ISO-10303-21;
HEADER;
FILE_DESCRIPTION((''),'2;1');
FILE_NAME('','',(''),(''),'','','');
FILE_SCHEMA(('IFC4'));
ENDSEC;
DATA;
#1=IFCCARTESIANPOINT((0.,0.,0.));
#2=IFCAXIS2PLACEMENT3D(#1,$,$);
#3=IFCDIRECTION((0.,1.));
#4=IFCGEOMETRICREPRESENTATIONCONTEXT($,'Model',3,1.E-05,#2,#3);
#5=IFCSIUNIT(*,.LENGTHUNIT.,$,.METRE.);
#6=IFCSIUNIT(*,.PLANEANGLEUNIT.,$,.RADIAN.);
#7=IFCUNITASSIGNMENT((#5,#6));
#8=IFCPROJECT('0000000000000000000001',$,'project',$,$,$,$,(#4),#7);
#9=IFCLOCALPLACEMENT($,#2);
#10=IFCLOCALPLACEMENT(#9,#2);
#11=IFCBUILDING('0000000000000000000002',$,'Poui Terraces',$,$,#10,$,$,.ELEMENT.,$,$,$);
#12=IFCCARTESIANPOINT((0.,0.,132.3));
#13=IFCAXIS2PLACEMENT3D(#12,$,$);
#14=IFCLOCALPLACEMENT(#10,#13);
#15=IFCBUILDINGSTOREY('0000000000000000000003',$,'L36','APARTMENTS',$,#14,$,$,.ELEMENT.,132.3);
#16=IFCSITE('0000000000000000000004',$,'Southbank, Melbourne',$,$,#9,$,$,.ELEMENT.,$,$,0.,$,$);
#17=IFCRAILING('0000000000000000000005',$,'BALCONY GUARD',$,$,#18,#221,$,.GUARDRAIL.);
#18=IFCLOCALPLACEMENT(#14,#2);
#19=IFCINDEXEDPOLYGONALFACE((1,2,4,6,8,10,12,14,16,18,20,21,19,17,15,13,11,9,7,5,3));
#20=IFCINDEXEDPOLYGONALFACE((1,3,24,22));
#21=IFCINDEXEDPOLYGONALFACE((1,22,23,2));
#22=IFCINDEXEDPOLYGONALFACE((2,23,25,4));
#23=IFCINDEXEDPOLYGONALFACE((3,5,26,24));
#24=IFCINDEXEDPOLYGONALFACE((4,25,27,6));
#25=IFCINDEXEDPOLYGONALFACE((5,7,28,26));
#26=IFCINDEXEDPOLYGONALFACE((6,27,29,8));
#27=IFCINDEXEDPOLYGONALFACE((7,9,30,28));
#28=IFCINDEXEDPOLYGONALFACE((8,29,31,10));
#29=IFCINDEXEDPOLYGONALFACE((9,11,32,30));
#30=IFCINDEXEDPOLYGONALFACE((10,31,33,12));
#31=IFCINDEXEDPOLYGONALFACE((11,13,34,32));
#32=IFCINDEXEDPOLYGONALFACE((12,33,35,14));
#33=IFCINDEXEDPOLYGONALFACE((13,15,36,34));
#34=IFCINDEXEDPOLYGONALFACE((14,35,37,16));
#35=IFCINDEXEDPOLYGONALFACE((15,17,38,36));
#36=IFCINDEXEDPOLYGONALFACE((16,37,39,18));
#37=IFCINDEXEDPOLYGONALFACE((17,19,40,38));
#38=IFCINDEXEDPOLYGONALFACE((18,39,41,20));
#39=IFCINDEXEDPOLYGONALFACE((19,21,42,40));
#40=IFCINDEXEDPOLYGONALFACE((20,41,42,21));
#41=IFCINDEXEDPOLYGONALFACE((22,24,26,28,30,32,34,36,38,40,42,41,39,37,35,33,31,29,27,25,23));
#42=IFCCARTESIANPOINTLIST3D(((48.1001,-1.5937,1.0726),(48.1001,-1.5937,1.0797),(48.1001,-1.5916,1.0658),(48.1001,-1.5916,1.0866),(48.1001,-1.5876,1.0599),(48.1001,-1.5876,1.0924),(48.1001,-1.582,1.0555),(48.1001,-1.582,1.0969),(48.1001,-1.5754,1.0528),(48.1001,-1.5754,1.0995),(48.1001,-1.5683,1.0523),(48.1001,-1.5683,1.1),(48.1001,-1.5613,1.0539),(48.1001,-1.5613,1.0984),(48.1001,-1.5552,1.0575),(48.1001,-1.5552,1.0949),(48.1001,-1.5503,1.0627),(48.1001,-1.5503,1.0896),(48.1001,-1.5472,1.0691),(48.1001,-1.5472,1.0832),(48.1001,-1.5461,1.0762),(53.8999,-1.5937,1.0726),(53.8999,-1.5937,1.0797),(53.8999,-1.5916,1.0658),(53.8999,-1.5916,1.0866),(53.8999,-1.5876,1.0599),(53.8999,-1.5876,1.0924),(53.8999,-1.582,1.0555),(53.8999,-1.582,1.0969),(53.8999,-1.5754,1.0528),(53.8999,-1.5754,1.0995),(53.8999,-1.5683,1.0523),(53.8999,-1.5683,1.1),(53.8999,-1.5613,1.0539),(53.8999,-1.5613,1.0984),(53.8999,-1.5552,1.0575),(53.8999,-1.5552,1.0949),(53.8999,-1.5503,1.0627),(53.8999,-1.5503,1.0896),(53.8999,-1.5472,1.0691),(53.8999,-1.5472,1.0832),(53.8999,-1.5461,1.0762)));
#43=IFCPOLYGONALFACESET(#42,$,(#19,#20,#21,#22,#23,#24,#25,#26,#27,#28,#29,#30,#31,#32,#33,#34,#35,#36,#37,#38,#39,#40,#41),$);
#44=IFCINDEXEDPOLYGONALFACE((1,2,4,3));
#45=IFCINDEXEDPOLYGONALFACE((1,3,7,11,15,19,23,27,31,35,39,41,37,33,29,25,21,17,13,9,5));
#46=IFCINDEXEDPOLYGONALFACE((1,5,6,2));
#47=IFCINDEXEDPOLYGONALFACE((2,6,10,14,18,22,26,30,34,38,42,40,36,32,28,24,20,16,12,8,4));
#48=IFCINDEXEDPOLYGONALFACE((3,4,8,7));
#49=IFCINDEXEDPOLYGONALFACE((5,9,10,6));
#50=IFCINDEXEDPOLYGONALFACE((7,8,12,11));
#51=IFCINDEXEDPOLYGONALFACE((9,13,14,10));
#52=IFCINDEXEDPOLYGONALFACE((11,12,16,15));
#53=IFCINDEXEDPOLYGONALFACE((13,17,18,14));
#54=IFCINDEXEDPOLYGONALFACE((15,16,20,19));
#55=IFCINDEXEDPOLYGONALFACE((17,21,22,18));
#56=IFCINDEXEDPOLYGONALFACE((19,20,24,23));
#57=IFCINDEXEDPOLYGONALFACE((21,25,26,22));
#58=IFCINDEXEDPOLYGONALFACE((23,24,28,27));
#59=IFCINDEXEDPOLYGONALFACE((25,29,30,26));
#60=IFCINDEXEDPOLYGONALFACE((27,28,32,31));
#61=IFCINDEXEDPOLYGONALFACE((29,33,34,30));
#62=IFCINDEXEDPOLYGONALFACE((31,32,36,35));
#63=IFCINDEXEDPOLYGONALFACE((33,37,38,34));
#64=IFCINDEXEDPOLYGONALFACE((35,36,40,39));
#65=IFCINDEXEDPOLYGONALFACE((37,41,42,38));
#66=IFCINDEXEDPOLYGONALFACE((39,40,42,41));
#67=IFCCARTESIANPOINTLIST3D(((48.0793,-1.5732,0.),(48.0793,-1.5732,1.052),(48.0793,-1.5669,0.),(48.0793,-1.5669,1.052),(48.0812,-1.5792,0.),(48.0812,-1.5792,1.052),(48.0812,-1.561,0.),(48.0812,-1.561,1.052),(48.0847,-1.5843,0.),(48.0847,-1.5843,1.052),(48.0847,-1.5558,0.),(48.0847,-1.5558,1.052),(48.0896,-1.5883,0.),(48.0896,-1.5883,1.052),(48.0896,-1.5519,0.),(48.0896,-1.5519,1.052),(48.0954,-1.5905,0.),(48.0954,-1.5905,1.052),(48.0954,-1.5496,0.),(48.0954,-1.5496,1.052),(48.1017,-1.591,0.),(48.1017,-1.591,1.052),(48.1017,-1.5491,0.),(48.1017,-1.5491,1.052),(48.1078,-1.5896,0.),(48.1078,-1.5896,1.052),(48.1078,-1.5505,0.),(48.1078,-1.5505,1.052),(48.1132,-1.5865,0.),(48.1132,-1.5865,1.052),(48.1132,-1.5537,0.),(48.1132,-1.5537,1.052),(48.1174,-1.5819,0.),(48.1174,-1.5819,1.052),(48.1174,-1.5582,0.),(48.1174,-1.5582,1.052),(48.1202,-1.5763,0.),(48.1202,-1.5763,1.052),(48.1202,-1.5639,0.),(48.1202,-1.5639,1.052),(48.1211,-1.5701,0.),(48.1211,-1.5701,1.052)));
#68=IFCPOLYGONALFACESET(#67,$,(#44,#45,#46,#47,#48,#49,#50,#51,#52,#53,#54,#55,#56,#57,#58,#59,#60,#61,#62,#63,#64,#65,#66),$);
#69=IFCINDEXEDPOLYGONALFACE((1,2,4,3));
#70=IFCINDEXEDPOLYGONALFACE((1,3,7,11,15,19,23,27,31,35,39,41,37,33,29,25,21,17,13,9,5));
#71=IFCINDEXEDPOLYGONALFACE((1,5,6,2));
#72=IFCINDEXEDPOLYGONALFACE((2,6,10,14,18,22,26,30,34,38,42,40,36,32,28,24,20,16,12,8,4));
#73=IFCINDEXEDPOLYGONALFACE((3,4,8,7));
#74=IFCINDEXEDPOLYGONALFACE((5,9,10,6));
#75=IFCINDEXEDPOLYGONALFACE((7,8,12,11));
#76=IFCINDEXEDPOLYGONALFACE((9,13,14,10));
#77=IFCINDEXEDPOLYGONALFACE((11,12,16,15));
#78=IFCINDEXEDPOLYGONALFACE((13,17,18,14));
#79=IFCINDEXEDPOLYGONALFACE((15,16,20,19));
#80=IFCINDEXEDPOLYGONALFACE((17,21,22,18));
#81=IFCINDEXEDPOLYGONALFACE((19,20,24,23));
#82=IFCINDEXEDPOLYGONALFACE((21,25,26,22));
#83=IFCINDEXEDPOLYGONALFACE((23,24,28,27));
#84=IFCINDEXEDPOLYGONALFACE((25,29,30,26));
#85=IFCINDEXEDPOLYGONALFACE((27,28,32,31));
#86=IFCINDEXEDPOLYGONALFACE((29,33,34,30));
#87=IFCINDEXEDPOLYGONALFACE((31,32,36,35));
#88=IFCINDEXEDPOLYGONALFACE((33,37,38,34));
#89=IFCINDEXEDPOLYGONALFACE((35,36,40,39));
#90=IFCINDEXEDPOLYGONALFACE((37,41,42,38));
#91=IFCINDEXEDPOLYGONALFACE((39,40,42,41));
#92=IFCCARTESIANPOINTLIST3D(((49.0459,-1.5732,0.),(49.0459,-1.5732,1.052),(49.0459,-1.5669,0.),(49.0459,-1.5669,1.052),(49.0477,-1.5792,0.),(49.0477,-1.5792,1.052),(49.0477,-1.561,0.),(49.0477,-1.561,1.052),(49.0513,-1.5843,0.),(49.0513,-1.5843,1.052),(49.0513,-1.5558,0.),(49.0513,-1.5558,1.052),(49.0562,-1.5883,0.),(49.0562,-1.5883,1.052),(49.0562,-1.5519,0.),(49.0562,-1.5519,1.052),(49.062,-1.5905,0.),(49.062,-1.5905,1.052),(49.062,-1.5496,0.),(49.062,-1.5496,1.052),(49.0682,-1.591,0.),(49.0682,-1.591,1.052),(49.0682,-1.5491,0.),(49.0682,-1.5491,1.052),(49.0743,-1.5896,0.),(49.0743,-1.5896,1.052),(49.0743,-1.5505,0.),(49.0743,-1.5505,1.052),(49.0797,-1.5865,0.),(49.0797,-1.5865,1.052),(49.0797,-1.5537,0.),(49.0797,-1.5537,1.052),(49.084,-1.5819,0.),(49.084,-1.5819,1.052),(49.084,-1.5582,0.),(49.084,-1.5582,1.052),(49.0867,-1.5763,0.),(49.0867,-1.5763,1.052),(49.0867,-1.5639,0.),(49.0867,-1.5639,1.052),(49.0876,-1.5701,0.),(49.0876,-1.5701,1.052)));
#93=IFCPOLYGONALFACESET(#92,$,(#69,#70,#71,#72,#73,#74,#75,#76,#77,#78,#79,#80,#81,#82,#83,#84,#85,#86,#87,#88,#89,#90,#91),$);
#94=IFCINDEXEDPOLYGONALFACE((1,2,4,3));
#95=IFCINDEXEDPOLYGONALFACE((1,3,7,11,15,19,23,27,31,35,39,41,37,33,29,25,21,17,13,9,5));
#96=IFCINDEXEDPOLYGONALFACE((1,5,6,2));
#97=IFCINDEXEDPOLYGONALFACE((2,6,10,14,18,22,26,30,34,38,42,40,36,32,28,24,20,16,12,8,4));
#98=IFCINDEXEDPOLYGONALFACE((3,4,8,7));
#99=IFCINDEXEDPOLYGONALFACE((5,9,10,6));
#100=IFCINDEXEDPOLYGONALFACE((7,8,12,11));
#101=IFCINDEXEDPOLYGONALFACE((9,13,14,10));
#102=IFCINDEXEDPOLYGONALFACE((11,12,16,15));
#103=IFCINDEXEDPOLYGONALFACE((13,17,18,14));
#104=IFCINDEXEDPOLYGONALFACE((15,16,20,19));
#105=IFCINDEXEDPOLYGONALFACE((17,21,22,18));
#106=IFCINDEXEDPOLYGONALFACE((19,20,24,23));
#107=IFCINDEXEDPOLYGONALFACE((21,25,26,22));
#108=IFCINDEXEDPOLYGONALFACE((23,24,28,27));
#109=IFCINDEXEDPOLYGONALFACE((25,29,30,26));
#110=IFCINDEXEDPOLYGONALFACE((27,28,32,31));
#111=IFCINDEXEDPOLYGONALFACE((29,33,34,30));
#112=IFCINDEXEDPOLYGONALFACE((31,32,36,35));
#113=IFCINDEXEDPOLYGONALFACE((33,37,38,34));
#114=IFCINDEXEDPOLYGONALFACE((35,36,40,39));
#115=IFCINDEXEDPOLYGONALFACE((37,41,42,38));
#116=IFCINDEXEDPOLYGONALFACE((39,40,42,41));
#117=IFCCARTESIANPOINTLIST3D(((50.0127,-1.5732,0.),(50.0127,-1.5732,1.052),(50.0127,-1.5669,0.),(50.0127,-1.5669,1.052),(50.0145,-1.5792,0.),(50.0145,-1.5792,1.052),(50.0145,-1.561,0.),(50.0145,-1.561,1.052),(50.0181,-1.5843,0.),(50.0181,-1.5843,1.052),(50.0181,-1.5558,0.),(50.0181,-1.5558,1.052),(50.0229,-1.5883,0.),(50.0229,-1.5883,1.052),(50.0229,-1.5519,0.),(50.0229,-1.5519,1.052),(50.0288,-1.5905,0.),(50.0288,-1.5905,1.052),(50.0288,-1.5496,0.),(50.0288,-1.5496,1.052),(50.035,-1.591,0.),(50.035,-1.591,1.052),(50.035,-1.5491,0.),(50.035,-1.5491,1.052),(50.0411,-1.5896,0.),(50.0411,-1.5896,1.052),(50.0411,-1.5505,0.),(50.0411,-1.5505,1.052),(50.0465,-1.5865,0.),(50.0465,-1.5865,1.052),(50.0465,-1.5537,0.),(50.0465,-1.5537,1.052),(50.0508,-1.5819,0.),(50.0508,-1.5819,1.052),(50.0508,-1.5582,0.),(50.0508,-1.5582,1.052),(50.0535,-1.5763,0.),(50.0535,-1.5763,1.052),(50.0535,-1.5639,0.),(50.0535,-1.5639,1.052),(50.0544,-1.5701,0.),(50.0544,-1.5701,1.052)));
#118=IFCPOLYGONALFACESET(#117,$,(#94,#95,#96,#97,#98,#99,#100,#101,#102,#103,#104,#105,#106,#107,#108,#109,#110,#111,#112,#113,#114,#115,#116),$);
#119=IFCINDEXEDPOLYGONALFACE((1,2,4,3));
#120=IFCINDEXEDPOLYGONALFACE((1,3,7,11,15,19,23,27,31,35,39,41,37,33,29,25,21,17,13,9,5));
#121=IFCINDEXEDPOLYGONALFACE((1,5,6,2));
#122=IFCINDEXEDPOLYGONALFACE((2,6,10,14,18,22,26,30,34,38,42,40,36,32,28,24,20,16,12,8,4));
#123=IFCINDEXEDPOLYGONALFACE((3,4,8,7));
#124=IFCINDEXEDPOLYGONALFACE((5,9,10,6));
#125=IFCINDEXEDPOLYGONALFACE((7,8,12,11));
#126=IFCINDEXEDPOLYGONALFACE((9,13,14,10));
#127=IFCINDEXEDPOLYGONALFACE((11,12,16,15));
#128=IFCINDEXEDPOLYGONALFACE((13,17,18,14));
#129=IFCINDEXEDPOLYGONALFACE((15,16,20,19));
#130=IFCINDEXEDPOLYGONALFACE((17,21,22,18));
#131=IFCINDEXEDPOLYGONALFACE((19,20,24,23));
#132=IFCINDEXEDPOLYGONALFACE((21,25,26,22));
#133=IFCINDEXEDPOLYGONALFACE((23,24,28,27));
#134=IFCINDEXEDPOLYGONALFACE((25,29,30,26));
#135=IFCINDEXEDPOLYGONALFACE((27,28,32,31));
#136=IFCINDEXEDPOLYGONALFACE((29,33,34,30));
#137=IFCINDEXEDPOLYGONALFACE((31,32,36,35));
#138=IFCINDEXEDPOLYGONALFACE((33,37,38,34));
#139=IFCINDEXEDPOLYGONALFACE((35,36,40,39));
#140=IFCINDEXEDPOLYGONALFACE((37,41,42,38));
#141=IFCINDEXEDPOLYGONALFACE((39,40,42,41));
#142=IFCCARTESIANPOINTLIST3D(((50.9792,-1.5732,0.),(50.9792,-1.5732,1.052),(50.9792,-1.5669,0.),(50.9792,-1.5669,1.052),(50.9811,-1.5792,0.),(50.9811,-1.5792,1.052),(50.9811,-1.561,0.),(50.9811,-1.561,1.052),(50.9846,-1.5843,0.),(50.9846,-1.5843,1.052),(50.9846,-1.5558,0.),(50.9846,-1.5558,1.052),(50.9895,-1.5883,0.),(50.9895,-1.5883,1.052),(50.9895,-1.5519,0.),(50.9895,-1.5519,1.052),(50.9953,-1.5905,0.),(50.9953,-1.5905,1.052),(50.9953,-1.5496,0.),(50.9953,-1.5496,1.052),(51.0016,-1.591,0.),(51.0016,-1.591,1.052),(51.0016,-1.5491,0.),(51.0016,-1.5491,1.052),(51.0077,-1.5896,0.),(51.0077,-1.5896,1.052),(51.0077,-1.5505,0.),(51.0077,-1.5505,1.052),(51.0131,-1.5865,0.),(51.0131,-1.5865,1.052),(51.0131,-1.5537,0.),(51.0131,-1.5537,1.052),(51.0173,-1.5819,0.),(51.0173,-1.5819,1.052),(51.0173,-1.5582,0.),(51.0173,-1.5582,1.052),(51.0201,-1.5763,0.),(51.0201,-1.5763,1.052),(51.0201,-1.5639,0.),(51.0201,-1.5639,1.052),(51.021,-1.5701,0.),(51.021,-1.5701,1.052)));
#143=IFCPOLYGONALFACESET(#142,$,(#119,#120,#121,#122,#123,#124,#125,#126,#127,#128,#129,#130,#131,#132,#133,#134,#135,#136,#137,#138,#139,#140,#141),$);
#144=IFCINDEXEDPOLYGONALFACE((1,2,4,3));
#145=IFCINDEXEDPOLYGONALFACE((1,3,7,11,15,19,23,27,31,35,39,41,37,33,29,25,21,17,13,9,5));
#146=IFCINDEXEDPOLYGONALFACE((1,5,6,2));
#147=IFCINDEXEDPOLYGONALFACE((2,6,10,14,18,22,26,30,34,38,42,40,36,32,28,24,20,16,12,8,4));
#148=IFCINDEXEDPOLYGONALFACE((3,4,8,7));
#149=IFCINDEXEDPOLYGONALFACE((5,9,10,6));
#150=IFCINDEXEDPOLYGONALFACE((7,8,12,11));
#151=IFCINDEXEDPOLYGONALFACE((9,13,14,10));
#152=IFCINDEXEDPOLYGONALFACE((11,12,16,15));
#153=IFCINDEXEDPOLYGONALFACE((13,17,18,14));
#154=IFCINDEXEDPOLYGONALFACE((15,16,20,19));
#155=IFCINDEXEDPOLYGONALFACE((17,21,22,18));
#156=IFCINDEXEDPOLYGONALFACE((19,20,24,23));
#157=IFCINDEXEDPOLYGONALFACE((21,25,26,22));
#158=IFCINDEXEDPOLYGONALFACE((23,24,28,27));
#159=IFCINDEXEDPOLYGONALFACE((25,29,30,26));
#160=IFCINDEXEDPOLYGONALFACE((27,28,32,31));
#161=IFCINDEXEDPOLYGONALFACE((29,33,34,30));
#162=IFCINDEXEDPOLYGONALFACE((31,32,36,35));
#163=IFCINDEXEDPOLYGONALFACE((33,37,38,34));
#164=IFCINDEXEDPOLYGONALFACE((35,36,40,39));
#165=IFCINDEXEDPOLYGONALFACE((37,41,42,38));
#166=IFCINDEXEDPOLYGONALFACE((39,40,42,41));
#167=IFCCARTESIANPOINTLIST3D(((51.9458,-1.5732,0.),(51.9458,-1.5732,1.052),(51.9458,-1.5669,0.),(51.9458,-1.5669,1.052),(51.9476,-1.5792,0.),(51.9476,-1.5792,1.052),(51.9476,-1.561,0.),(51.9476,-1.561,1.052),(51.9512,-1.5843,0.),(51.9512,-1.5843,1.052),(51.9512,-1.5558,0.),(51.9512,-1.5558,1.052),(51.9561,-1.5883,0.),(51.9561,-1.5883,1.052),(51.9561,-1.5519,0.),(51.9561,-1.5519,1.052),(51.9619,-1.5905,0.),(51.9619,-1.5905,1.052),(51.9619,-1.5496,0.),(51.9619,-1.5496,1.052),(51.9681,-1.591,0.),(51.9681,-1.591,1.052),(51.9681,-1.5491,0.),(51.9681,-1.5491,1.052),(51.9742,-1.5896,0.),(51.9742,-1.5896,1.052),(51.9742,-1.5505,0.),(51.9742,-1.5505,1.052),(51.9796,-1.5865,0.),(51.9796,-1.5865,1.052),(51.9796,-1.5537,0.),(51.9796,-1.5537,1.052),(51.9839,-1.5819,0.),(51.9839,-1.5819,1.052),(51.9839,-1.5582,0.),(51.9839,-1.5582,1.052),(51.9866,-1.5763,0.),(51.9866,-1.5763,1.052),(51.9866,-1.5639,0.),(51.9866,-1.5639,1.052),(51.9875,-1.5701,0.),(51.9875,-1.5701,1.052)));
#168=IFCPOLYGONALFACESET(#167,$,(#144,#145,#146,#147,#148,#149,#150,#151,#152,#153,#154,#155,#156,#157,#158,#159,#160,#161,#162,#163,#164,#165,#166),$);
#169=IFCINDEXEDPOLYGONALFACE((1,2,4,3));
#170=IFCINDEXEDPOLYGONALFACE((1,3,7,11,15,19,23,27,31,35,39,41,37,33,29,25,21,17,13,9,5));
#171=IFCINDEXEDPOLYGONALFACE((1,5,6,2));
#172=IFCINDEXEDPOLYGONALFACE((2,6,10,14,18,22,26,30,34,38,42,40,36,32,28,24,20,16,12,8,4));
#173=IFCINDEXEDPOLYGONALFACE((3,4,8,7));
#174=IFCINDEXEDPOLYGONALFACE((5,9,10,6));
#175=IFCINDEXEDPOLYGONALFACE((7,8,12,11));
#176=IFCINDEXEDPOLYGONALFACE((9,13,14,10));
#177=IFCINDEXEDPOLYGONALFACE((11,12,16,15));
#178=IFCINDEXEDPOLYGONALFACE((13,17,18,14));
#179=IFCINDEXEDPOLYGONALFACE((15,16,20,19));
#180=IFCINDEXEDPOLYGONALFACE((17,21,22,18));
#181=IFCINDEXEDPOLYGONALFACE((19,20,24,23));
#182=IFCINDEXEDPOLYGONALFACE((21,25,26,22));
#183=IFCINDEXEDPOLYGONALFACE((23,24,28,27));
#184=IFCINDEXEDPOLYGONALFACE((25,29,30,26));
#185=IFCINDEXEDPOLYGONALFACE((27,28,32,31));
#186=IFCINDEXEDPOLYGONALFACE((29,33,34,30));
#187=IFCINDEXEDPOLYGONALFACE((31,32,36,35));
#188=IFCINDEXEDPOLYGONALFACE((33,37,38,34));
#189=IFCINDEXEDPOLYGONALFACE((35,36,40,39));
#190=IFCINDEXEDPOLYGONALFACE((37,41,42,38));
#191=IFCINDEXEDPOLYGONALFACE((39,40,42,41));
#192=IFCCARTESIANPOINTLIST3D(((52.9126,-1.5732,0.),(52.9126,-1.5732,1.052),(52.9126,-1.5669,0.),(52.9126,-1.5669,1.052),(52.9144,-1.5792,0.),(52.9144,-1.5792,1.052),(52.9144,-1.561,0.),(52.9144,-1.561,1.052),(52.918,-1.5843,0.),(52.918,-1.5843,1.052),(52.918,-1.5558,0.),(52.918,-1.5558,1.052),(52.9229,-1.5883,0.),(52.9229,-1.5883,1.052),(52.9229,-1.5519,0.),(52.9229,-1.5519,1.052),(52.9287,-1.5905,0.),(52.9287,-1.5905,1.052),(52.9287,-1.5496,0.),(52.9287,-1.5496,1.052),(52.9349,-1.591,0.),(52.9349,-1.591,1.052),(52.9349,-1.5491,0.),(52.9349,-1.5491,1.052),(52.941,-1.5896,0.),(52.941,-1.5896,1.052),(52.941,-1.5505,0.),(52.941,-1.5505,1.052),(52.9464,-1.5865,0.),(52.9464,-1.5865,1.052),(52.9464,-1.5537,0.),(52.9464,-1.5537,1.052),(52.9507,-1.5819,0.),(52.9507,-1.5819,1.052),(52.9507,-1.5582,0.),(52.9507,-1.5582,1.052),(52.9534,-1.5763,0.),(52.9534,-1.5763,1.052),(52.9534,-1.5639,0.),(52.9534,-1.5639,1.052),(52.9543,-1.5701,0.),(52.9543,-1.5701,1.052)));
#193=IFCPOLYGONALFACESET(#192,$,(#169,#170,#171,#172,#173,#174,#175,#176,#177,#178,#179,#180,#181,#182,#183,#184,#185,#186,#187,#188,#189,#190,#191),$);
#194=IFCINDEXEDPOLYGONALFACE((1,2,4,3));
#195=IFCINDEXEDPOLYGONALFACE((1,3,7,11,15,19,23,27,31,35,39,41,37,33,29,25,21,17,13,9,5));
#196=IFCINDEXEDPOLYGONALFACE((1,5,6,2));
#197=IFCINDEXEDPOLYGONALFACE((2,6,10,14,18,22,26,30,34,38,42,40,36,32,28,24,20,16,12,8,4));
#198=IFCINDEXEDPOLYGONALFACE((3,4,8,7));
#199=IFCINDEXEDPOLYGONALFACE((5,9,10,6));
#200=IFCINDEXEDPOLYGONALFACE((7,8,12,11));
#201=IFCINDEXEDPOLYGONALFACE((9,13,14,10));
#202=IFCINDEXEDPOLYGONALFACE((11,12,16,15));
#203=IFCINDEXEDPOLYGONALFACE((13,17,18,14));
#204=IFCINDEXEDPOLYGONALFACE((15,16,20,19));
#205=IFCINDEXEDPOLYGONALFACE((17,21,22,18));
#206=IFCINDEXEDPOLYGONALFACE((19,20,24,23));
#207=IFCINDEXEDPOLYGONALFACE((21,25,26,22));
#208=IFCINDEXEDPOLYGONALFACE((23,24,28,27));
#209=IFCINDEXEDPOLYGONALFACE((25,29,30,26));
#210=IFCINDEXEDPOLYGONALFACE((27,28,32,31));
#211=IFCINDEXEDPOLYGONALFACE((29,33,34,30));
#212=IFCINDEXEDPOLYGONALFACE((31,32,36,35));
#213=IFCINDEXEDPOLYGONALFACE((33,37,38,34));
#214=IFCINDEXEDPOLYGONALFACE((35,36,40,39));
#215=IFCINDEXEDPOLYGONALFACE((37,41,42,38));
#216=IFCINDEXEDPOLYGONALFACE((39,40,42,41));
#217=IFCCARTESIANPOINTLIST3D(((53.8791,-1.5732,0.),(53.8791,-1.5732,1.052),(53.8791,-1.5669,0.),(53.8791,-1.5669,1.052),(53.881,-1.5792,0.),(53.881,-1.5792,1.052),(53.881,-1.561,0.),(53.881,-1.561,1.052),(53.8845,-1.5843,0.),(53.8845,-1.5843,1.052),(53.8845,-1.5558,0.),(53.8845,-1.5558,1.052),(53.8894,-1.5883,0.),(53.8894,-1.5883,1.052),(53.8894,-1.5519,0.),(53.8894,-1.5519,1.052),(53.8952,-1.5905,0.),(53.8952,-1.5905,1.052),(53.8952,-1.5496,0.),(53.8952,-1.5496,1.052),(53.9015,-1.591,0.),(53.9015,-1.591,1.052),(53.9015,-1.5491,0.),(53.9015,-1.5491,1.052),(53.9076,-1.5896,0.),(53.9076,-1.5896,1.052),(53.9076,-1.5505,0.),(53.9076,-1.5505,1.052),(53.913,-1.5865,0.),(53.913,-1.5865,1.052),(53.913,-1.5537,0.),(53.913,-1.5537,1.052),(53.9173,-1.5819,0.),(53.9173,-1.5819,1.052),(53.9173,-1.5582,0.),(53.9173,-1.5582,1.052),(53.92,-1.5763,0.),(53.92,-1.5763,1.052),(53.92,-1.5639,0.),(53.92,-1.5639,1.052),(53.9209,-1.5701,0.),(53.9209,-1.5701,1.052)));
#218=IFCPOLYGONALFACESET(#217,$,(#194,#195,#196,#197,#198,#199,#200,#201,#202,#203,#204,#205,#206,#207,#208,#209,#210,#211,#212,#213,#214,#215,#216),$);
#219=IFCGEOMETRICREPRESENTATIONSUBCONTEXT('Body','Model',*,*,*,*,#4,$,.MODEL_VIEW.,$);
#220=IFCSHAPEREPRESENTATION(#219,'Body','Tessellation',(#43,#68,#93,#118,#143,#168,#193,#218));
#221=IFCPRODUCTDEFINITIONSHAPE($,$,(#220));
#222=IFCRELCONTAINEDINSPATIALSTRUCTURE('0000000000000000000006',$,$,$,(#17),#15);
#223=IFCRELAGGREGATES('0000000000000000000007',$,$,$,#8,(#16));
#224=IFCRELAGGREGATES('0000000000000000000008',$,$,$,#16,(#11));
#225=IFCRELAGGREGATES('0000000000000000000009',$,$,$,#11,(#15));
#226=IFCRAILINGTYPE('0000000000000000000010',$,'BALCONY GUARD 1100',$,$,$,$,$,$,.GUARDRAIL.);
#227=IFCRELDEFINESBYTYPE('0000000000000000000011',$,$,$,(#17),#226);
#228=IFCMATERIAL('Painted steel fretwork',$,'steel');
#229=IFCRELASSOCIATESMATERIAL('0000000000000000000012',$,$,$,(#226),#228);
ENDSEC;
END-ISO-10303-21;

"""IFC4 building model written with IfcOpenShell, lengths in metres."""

from ifc_helpers import new_model, si_unit, direction, frame, origin, origin_2d, place, context, subcontext, project, spatial, circle, extrude, material, type_object, element, save


model = new_model("IFC4")

# Units and contexts
model_context = context("Model", 3, precision=1e-05, world=origin(), true_north=direction((0.0, 1.0)))
body_context = subcontext(model_context, "Body", "Model", "MODEL_VIEW")
ifc_project = project(units=[si_unit("LENGTHUNIT", "METRE"), si_unit("PLANEANGLEUNIT", "RADIAN")], contexts=[model_context])

# Site, building, storey
site_placement = place(None, origin())
site = spatial("IfcSite", under=ifc_project, at=site_placement, Name="Southbank, Melbourne", CompositionType="ELEMENT", RefElevation=0.0)
building_placement = place(site_placement, origin())
building = spatial("IfcBuilding", under=site, at=building_placement, Name="Poui Terraces", CompositionType="ELEMENT")
storey_placement = place(building_placement, frame((0.0, 0.0, 132.3)))
storey = spatial("IfcBuildingStorey", under=building, at=storey_placement, Name="L36", Description="APARTMENTS", CompositionType="ELEMENT", Elevation=132.3)

# Railing
ifc_material_1 = material(Name="Painted steel fretwork", Category="steel")
railing_type = type_object("IfcRailingType", Name="BALCONY GUARD 1100", PredefinedType="GUARDRAIL", material=ifc_material_1)
railing_placement = place(storey_placement, frame((48.1001, -1.5701, 0.0)))
element("IfcRailing", 1, at=railing_placement, inside=storey, type_object=railing_type, Name="BALCONY GUARD", PredefinedType="GUARDRAIL", context=body_context, shape_type="SweptSolid", body=[
    extrude(circle(Radius=0.0239, at=origin_2d()), frame((0.0, 0.0, 1.0762), z_axis=(1.0, 0.0, 0.0), x_axis=(0.0, 1.0, 0.0)), (0.0, 0.0, 1.0), 5.7998),
    extrude(circle(Radius=0.021, at=origin_2d()), origin(), (0.0, 0.0, 1.0), 1.052),
    extrude(circle(Radius=0.021, at=origin_2d()), frame((0.9666, 0.0, 0.0)), (0.0, 0.0, 1.0), 1.052),
    extrude(circle(Radius=0.021, at=origin_2d()), frame((1.9333, 0.0, 0.0)), (0.0, 0.0, 1.0), 1.052),
    extrude(circle(Radius=0.021, at=origin_2d()), frame((2.8999, 0.0, 0.0)), (0.0, 0.0, 1.0), 1.052),
    extrude(circle(Radius=0.021, at=origin_2d()), frame((3.8665, 0.0, 0.0)), (0.0, 0.0, 1.0), 1.052),
    extrude(circle(Radius=0.021, at=origin_2d()), frame((4.8333, 0.0, 0.0)), (0.0, 0.0, 1.0), 1.052),
    extrude(circle(Radius=0.021, at=origin_2d()), frame((5.7998, 0.0, 0.0)), (0.0, 0.0, 1.0), 1.052),
])

save(model, "model.ifc")
